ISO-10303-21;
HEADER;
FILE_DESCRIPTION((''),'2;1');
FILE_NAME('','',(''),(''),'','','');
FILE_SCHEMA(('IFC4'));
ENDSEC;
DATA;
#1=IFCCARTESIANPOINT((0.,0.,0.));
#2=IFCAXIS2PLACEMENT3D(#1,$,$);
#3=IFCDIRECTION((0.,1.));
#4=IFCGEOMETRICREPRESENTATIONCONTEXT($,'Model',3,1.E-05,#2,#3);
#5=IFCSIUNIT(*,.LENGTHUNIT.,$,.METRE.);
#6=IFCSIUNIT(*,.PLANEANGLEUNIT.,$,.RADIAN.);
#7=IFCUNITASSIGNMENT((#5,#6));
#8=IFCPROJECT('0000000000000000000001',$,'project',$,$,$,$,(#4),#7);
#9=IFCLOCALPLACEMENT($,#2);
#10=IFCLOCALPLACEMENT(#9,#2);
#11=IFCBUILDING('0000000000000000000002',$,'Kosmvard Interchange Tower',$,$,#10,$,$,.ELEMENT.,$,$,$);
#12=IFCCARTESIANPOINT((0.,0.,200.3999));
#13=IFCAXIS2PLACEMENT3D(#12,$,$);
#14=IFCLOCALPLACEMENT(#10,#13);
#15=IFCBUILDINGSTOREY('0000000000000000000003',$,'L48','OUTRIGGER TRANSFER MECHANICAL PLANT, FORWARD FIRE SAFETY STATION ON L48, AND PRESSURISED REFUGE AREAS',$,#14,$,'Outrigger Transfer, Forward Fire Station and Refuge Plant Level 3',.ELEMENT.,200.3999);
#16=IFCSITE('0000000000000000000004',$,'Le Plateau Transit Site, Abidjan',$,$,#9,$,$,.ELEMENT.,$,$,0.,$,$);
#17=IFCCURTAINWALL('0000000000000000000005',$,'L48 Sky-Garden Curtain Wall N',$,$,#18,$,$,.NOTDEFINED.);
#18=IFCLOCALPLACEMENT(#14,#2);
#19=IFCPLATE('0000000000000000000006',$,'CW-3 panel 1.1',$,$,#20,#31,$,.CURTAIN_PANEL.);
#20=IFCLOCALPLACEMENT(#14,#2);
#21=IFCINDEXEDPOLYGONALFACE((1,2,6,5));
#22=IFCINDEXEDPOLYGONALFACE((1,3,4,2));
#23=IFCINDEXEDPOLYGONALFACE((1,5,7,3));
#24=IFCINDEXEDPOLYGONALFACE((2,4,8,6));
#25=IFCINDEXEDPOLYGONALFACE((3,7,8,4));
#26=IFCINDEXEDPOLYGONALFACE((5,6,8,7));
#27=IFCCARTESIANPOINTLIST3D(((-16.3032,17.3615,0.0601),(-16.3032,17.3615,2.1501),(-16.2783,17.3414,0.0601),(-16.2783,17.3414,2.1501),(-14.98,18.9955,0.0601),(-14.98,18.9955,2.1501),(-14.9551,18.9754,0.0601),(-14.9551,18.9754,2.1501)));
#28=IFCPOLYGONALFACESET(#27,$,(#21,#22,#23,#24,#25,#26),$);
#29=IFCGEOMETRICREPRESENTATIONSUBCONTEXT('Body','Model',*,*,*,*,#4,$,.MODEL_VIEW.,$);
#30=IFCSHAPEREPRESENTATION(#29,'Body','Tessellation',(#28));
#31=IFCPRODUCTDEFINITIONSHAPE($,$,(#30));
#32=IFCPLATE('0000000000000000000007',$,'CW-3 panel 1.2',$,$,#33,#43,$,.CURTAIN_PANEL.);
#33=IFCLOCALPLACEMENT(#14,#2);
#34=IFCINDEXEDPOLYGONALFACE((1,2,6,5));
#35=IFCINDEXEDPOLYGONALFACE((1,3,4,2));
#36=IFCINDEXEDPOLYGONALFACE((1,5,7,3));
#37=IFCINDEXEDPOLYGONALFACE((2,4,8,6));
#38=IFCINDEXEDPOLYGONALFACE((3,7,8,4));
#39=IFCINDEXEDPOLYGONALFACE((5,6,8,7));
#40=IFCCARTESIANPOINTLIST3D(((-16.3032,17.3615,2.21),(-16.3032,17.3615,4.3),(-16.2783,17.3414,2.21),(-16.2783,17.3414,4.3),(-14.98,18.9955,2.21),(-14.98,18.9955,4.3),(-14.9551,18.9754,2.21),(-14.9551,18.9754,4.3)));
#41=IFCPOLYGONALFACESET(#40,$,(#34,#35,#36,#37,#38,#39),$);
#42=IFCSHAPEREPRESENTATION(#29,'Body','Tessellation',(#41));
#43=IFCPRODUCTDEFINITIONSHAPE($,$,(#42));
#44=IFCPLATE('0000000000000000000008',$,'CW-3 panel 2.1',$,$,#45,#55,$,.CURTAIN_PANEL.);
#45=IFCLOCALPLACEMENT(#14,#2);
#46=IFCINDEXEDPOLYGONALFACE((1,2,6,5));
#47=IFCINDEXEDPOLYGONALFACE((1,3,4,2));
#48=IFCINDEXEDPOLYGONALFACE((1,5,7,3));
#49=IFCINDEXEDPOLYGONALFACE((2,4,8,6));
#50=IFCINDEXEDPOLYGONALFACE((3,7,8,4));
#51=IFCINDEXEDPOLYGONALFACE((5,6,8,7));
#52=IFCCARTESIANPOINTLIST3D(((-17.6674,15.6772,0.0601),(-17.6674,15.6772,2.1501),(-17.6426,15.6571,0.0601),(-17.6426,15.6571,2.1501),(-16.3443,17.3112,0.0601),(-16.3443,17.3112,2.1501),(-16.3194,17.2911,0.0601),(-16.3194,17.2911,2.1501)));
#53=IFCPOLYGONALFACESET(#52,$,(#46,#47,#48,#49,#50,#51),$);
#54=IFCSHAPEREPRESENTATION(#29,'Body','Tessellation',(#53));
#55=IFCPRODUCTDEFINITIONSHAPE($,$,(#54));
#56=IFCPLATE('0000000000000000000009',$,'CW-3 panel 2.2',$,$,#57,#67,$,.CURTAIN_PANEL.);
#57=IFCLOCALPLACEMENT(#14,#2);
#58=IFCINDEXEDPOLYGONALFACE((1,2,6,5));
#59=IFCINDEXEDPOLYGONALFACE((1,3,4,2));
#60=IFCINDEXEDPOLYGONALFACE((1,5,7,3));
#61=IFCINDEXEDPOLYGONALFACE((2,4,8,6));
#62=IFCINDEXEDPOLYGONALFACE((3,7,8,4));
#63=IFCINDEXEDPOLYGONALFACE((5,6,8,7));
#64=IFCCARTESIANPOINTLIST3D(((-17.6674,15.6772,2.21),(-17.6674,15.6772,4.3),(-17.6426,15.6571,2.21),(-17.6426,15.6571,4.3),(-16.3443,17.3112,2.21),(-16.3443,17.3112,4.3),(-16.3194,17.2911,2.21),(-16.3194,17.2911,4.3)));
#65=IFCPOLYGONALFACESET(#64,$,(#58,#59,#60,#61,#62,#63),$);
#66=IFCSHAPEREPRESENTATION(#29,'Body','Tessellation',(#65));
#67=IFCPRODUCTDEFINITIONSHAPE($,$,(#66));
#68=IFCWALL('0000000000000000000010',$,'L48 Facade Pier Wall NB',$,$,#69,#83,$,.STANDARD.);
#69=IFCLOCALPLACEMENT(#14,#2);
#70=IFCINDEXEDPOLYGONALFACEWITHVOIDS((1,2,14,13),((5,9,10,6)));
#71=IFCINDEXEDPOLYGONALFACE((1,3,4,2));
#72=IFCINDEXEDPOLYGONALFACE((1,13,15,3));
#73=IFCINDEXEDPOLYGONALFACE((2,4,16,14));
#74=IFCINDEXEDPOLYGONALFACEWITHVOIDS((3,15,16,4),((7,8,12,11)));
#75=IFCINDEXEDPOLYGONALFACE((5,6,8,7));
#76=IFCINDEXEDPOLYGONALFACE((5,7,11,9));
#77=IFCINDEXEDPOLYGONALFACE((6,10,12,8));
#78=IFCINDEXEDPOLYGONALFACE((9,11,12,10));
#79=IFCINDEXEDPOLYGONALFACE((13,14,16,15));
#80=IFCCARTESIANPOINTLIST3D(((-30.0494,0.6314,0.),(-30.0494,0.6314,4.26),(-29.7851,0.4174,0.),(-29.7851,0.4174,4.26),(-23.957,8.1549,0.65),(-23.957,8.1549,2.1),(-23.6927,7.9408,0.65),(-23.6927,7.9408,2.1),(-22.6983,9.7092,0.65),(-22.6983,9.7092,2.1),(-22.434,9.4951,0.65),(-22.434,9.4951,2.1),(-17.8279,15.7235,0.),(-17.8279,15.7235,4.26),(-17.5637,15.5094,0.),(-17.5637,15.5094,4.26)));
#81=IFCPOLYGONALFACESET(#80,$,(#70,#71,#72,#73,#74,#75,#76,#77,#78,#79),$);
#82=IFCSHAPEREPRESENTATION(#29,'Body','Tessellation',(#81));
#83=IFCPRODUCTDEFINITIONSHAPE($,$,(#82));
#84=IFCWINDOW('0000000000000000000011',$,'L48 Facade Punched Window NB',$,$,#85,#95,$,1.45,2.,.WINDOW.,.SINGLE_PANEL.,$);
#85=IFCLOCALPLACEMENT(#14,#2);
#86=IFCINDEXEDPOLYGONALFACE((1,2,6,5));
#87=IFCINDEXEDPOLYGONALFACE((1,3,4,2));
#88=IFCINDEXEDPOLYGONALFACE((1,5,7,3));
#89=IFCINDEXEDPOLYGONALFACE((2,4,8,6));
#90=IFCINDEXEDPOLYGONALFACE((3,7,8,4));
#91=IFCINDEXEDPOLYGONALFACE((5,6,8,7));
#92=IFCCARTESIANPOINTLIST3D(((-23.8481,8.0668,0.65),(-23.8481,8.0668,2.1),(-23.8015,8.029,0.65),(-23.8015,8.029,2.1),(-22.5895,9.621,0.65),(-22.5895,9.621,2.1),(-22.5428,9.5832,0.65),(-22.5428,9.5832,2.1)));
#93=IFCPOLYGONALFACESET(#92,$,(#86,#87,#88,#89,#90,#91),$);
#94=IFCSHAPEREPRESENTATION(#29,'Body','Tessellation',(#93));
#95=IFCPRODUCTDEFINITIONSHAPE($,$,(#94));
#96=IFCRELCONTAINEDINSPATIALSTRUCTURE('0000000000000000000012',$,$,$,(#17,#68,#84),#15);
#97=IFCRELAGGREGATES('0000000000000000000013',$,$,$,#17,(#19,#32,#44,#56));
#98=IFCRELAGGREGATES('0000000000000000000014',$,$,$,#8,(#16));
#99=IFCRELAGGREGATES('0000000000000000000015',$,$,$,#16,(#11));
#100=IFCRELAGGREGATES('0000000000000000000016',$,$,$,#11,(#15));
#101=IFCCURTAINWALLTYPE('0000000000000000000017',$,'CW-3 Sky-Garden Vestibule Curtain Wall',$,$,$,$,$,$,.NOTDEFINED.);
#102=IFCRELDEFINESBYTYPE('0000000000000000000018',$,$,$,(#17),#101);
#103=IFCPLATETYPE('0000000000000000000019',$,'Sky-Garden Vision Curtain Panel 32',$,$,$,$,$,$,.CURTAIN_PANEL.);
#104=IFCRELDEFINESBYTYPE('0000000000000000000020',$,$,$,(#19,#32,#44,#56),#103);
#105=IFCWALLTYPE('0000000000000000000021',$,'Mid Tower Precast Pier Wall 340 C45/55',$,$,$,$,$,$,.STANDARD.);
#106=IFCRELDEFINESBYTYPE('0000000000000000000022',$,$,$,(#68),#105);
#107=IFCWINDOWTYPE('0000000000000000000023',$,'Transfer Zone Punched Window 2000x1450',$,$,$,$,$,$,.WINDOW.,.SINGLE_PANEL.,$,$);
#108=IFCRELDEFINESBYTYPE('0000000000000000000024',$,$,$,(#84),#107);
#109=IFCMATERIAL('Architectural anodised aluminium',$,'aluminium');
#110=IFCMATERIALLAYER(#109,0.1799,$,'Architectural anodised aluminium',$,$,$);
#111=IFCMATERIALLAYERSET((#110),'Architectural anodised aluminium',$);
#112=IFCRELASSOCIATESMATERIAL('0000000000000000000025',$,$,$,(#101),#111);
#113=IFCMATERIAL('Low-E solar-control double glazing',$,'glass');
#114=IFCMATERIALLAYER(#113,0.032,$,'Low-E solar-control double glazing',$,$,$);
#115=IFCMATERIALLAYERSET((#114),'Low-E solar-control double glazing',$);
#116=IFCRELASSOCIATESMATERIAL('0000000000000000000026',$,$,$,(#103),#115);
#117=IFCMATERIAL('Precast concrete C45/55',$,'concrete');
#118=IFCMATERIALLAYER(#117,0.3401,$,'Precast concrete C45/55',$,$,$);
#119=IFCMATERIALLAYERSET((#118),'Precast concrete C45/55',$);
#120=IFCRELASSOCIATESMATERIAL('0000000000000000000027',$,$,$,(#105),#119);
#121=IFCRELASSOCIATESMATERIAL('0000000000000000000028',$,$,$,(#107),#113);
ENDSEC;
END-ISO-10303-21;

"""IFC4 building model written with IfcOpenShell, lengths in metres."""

from ifc_helpers import new_model, si_unit, direction, frame, frame_2d, origin, origin_2d, place, context, subcontext, project, spatial, rectangle, extrude, source, transform, mapped, material, layer, layer_set, type_object, element, fill, aggregate, save


model = new_model("IFC4")

# Units and contexts
model_context = context("Model", 3, precision=1e-05, world=origin(), true_north=direction((0.0, 1.0)))
body_context = subcontext(model_context, "Body", "Model", "MODEL_VIEW")
ifc_project = project(units=[si_unit("LENGTHUNIT", "METRE"), si_unit("PLANEANGLEUNIT", "RADIAN")], contexts=[model_context])

# Site, building, storey
site_placement = place(None, origin())
site = spatial("IfcSite", under=ifc_project, at=site_placement, Name="Le Plateau Transit Site, Abidjan", CompositionType="ELEMENT", RefElevation=0.0)
building_placement = place(site_placement, origin())
building = spatial("IfcBuilding", under=site, at=building_placement, Name="Kosmvard Interchange Tower", CompositionType="ELEMENT")
storey_placement = place(building_placement, frame((0.0, 0.0, 200.3999)))
storey = spatial("IfcBuildingStorey", under=building, at=storey_placement, Name="L48", Description="OUTRIGGER TRANSFER MECHANICAL PLANT, FORWARD FIRE SAFETY STATION ON L48, AND PRESSURISED REFUGE AREAS", LongName="Outrigger Transfer, Forward Fire Station and Refuge Plant Level 3", CompositionType="ELEMENT", Elevation=200.3999)

# Curtain wall
ifc_material_1 = material(Name="Architectural anodised aluminium", Category="aluminium")
ifc_layer_1 = layer(ifc_material_1, 0.1799, Name="Architectural anodised aluminium")
ifc_layer_set_1 = layer_set([ifc_layer_1], Name="Architectural anodised aluminium")
curtain_wall_type = type_object("IfcCurtainWallType", Name="CW-3 Sky-Garden Vestibule Curtain Wall", PredefinedType="NOTDEFINED", material=ifc_layer_set_1)
curtain_wall_placement = place(storey_placement, origin())
curtain_wall = element("IfcCurtainWall", 1, at=curtain_wall_placement, inside=storey, type_object=curtain_wall_type, Name="L48 Sky-Garden Curtain Wall N", PredefinedType="NOTDEFINED")

# Plates
ifc_material_2 = material(Name="Low-E solar-control double glazing", Category="glass")
ifc_layer_2 = layer(ifc_material_2, 0.032, Name="Low-E solar-control double glazing")
ifc_layer_set_2 = layer_set([ifc_layer_2], Name="Low-E solar-control double glazing")
plate_type_1 = type_object("IfcPlateType", Name="Sky-Garden Vision Curtain Panel 32", PredefinedType="CURTAIN_PANEL", material=ifc_layer_set_2)
shared_shape_1 = source(origin(), body_context, "Body", "SweptSolid", [
    extrude(rectangle(XDim=2.1025, YDim=0.032, at=origin_2d()), origin(), (0.0, 0.0, 1.0), 2.0901),
])
plate_1_placement = place(storey_placement, frame((-15.6292, 18.1685, 0.0601), z_axis=(0.0, 0.0, 1.0), x_axis=(-0.62932, -0.777146, 0.0)))
plate_1 = element("IfcPlate", 2, at=plate_1_placement, type_object=plate_type_1, Name="CW-3 panel 1.1", PredefinedType="CURTAIN_PANEL", context=body_context, shape_type="MappedRepresentation", body=[
    mapped(shared_shape_1, transform((0.0, 0.0, 0.0), scale=1.0)),
])
plate_2_placement = place(storey_placement, frame((-15.6292, 18.1685, 2.21), z_axis=(0.0, 0.0, 1.0), x_axis=(-0.62932, -0.777146, 0.0)))
plate_2 = element("IfcPlate", 3, at=plate_2_placement, type_object=plate_type_1, Name="CW-3 panel 1.2", PredefinedType="CURTAIN_PANEL", context=body_context, shape_type="MappedRepresentation", body=[
    mapped(shared_shape_1, transform((0.0, 0.0, 0.0), scale=1.0)),
])
plate_3_placement = place(storey_placement, frame((-16.9934, 16.4841, 0.0601), z_axis=(0.0, 0.0, 1.0), x_axis=(-0.62932, -0.777146, 0.0)))
plate_3 = element("IfcPlate", 4, at=plate_3_placement, type_object=plate_type_1, Name="CW-3 panel 2.1", PredefinedType="CURTAIN_PANEL", context=body_context, shape_type="MappedRepresentation", body=[
    mapped(shared_shape_1, transform((0.0, 0.0, 0.0), scale=1.0)),
])
plate_4_placement = place(storey_placement, frame((-16.9934, 16.4841, 2.21), z_axis=(0.0, 0.0, 1.0), x_axis=(-0.62932, -0.777146, 0.0)))
plate_4 = element("IfcPlate", 5, at=plate_4_placement, type_object=plate_type_1, Name="CW-3 panel 2.2", PredefinedType="CURTAIN_PANEL", context=body_context, shape_type="MappedRepresentation", body=[
    mapped(shared_shape_1, transform((0.0, 0.0, 0.0), scale=1.0)),
])
aggregate(curtain_wall, [plate_1, plate_2, plate_3, plate_4])

# Wall, opening, window
ifc_material_3 = material(Name="Precast concrete C45/55", Category="concrete")
ifc_layer_3 = layer(ifc_material_3, 0.3401, Name="Precast concrete C45/55")
ifc_layer_set_3 = layer_set([ifc_layer_3], Name="Precast concrete C45/55")
wall_type = type_object("IfcWallType", Name="Mid Tower Precast Pier Wall 340 C45/55", PredefinedType="STANDARD", material=ifc_layer_set_3)
wall_placement = place(storey_placement, frame((-17.6958, 15.6165, 0.0), z_axis=(0.0, 0.0, 1.0), x_axis=(-0.629325, -0.777142, 0.0)))
wall = element("IfcWall", 6, at=wall_placement, inside=storey, type_object=wall_type, Name="L48 Facade Pier Wall NB", PredefinedType="STANDARD", context=body_context, shape_type="SweptSolid", body=[
    extrude(rectangle(XDim=19.4199, YDim=0.3401, at=frame_2d((9.71, 0.0))), origin(), (0.0, 0.0, 1.0), 4.26),
])
opening_placement = place(wall_placement, frame((7.739, 0.0, 0.6499)))
opening = element("IfcOpeningElement", 7, at=opening_placement, cuts=wall, PredefinedType="OPENING", context=body_context, shape_type="SweptSolid", body=[
    extrude(rectangle(XDim=2.0, YDim=1.45, at=frame_2d((1.0, 0.7251))), frame((0.0, 0.1802, 0.0), z_axis=(0.0, -1.0, 0.0), x_axis=(1.0, 0.0, 0.0)), (0.0, 0.0, 1.0), 0.3601),
])
window_type = type_object("IfcWindowType", Name="Transfer Zone Punched Window 2000x1450", PartitioningType="SINGLE_PANEL", PredefinedType="WINDOW", material=ifc_material_2)
shared_shape_2 = source(origin(), body_context, "Body", "SweptSolid", [
    extrude(rectangle(XDim=2.0, YDim=1.45, at=frame_2d((1.0, 0.7251))), frame((0.0, 0.03, 0.0), z_axis=(0.0, -1.0, 0.0), x_axis=(1.0, 0.0, 0.0)), (0.0, 0.0, 1.0), 0.0601),
])
window_placement = place(opening_placement, origin())
window = element("IfcWindow", 8, at=window_placement, inside=storey, type_object=window_type, Name="L48 Facade Punched Window NB", OverallHeight=1.45, OverallWidth=2.0, PartitioningType="SINGLE_PANEL", PredefinedType="WINDOW", context=body_context, shape_type="MappedRepresentation", body=[
    mapped(shared_shape_2, transform((0.0, 0.0, 0.0), scale=1.0)),
])
fill(opening, window)

save(model, "model.ifc")
